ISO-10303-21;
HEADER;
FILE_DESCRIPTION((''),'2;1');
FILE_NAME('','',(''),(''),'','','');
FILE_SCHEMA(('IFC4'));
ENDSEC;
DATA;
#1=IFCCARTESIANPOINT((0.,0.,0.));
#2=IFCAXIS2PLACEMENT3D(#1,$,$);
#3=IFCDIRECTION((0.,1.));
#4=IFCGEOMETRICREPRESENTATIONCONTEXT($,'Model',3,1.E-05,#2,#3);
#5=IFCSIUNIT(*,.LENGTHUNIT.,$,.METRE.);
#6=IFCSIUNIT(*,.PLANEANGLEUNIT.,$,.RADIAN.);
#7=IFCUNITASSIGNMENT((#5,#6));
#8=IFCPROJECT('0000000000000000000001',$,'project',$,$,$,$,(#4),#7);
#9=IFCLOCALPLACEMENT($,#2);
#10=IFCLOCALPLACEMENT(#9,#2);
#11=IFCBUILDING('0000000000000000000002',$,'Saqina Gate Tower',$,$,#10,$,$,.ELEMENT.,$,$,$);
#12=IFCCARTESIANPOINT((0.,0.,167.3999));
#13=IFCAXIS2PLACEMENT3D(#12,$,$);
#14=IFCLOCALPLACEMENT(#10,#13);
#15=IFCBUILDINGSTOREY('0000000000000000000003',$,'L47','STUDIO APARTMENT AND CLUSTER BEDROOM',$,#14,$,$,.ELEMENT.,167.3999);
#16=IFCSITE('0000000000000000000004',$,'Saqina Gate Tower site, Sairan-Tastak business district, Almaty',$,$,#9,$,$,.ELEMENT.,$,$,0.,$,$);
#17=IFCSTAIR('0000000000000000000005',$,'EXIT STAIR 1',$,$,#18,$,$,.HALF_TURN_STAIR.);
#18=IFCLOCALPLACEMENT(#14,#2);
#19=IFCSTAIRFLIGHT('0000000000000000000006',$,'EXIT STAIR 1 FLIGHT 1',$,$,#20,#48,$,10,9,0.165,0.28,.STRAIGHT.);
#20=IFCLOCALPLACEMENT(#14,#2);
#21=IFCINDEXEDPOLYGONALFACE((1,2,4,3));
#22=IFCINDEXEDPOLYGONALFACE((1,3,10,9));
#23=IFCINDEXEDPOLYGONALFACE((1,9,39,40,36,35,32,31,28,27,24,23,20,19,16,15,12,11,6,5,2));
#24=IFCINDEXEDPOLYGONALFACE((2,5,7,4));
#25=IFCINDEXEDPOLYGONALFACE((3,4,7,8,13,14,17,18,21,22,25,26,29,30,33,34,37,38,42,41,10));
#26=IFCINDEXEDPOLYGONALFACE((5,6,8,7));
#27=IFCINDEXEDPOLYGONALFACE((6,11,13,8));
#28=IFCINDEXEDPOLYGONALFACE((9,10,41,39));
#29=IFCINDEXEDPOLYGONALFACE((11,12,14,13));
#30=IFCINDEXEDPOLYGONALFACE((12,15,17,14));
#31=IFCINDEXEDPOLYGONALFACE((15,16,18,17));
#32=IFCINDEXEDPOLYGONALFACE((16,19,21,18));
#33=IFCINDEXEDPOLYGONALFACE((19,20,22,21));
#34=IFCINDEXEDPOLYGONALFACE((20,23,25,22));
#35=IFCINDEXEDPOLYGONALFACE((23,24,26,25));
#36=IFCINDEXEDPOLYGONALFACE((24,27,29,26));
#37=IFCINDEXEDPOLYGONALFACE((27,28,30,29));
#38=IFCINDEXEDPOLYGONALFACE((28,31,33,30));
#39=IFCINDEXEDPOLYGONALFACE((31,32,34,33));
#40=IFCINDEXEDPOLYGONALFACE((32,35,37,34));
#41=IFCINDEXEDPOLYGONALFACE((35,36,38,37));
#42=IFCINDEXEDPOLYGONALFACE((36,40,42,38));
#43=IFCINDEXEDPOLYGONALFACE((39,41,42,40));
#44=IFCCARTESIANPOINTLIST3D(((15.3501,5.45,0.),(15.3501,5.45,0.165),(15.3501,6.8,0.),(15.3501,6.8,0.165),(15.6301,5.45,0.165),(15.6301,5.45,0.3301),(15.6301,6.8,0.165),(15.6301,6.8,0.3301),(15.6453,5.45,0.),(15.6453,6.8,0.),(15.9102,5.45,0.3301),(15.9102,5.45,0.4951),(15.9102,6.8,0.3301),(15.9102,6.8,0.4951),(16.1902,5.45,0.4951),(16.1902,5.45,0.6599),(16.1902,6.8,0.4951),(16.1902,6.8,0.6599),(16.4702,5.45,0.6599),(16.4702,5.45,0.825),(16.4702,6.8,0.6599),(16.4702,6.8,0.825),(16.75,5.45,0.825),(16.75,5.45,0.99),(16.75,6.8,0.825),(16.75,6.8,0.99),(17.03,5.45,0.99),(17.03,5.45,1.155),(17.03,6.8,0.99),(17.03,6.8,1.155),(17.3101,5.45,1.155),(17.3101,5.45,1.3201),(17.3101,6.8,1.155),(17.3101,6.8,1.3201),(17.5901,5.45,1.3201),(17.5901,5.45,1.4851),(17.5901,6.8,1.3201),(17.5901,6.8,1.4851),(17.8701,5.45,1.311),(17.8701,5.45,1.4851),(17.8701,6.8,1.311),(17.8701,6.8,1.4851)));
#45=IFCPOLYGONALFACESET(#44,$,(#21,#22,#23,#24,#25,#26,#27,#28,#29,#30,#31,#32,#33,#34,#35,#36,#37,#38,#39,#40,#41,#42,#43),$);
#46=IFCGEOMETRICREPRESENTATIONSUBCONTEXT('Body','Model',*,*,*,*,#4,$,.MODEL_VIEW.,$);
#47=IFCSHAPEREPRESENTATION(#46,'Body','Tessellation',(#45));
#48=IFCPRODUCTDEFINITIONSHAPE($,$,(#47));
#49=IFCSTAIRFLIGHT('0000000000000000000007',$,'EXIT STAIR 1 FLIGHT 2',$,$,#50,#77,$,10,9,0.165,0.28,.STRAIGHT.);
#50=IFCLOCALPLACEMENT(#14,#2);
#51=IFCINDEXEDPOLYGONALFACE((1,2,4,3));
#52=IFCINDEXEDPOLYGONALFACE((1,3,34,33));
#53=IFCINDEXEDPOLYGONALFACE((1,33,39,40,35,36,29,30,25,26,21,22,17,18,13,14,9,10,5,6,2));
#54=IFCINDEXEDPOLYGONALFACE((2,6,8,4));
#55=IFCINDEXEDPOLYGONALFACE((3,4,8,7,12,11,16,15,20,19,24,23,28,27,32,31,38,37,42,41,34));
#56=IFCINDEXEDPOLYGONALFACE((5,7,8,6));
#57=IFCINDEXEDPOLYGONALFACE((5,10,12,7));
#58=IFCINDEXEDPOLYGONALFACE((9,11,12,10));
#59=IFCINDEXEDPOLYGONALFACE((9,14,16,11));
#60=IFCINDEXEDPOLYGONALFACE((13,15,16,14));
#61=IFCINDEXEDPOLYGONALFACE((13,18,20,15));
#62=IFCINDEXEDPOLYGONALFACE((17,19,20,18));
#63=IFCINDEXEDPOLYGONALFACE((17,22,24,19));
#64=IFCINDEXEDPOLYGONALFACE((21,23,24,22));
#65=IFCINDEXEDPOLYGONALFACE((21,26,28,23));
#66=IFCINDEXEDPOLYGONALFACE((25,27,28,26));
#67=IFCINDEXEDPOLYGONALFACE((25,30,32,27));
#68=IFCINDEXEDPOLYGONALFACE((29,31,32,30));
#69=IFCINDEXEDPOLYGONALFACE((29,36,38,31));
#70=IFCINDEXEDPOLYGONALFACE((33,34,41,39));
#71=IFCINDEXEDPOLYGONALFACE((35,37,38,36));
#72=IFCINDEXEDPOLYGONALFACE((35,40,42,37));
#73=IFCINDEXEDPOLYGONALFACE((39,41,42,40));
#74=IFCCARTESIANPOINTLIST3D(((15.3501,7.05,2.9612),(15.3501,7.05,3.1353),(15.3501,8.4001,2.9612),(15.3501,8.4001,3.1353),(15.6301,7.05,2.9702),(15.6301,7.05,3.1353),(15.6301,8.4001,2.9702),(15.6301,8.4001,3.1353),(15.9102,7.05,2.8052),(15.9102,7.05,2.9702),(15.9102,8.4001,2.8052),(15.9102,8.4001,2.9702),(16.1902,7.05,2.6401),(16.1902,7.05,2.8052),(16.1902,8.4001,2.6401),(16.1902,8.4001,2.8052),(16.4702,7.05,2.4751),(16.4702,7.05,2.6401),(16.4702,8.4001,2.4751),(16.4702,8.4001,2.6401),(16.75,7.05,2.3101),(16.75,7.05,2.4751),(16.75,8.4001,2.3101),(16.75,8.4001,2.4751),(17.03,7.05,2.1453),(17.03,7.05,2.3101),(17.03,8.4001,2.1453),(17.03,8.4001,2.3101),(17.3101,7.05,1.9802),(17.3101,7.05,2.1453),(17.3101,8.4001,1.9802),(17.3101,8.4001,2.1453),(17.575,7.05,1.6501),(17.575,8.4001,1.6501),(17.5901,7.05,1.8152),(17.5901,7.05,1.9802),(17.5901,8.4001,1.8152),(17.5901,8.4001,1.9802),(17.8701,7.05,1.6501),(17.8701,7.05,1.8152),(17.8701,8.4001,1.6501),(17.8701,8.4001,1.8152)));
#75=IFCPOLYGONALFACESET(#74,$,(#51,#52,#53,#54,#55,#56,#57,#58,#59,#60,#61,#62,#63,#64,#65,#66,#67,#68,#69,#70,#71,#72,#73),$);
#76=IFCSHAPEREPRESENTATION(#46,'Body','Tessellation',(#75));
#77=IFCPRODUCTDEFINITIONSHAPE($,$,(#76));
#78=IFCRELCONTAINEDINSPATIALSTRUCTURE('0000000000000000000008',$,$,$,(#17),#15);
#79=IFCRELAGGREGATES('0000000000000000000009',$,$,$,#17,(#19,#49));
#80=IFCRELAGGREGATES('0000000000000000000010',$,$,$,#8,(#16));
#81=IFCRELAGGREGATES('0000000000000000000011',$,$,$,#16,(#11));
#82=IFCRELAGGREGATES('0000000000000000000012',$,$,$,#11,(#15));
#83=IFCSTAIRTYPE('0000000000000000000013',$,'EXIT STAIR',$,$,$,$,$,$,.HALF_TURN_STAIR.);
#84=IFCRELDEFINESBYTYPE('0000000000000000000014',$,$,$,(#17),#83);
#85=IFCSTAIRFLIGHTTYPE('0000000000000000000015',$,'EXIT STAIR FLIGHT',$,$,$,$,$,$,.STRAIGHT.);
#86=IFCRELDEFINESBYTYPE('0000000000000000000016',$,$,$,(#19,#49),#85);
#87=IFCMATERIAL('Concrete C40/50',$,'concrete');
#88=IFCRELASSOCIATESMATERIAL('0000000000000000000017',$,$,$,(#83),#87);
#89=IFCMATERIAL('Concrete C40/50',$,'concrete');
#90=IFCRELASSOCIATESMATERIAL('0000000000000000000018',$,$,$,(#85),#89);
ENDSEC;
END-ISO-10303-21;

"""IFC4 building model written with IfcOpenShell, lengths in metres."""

from ifc_helpers import new_model, si_unit, direction, frame, origin, place, context, subcontext, project, spatial, polyline, outline, extrude, material, type_object, element, aggregate, save


model = new_model("IFC4")

# Units and contexts
model_context = context("Model", 3, precision=1e-05, world=origin(), true_north=direction((0.0, 1.0)))
body_context = subcontext(model_context, "Body", "Model", "MODEL_VIEW")
ifc_project = project(units=[si_unit("LENGTHUNIT", "METRE"), si_unit("PLANEANGLEUNIT", "RADIAN")], contexts=[model_context])

# Site, building, storey
site_placement = place(None, origin())
site = spatial("IfcSite", under=ifc_project, at=site_placement, Name="Saqina Gate Tower site, Sairan-Tastak business district, Almaty", CompositionType="ELEMENT", RefElevation=0.0)
building_placement = place(site_placement, origin())
building = spatial("IfcBuilding", under=site, at=building_placement, Name="Saqina Gate Tower", CompositionType="ELEMENT")
storey_placement = place(building_placement, frame((0.0, 0.0, 167.3999)))
storey = spatial("IfcBuildingStorey", under=building, at=storey_placement, Name="L47", Description="STUDIO APARTMENT AND CLUSTER BEDROOM", CompositionType="ELEMENT", Elevation=167.3999)

# Stair, stair flights
ifc_material_1 = material(Name="Concrete C40/50", Category="concrete")
stair_type = type_object("IfcStairType", Name="EXIT STAIR", PredefinedType="HALF_TURN_STAIR", material=ifc_material_1)
stair_placement = place(storey_placement, origin())
stair = element("IfcStair", 1, at=stair_placement, inside=storey, type_object=stair_type, Name="EXIT STAIR 1", PredefinedType="HALF_TURN_STAIR")
ifc_material_2 = material(Name="Concrete C40/50", Category="concrete")
stair_flight_type = type_object("IfcStairFlightType", Name="EXIT STAIR FLIGHT", PredefinedType="STRAIGHT", material=ifc_material_2)
stair_flight_1_placement = place(storey_placement, frame((15.3501, 6.125, 0.0), z_axis=(0.0, 0.0, 1.0), x_axis=(1.0, 0.0, 0.0)))
stair_flight_1 = element("IfcStairFlight", 2, at=stair_flight_1_placement, type_object=stair_flight_type, Name="EXIT STAIR 1 FLIGHT 1", NumberOfRisers=10, NumberOfTreads=9, PredefinedType="STRAIGHT", RiserHeight=0.165, TreadLength=0.28, context=body_context, shape_type="SweptSolid", body=[
    extrude(outline(polyline([(0.0, 0.0), (0.0, 0.165), (0.28, 0.165), (0.28, 0.3301), (0.5601, 0.3301), (0.5601, 0.4951), (0.8401, 0.4951), (0.8401, 0.6599), (1.1201, 0.6599), (1.1201, 0.825), (1.3999, 0.825), (1.3999, 0.99), (1.6799, 0.99), (1.6799, 1.155), (1.96, 1.155), (1.96, 1.3201), (2.24, 1.3201), (2.24, 1.4851), (2.52, 1.4851), (2.52, 1.6499), (2.52, 1.311), (0.2952, 0.0), (0.0, 0.0)])), frame((0.0, 0.675, 0.0), z_axis=(0.0, -1.0, 0.0), x_axis=(1.0, 0.0, 0.0)), (0.0, 0.0, 1.0), 1.3501),
])
stair_flight_2_placement = place(storey_placement, frame((17.8701, 7.7251, 1.6501), z_axis=(0.0, 0.0, 1.0), x_axis=(-1.0, 0.0, 0.0)))
stair_flight_2 = element("IfcStairFlight", 3, at=stair_flight_2_placement, type_object=stair_flight_type, Name="EXIT STAIR 1 FLIGHT 2", NumberOfRisers=10, NumberOfTreads=9, PredefinedType="STRAIGHT", RiserHeight=0.165, TreadLength=0.28, context=body_context, shape_type="SweptSolid", body=[
    extrude(outline(polyline([(0.0, 0.0), (0.0, 0.165), (0.28, 0.165), (0.28, 0.3301), (0.5601, 0.3301), (0.5601, 0.4951), (0.8401, 0.4951), (0.8401, 0.6599), (1.1201, 0.6599), (1.1201, 0.825), (1.3999, 0.825), (1.3999, 0.99), (1.6799, 0.99), (1.6799, 1.155), (1.96, 1.155), (1.96, 1.3201), (2.24, 1.3201), (2.24, 1.4851), (2.52, 1.4851), (2.52, 1.6499), (2.52, 1.311), (0.2952, 0.0), (0.0, 0.0)])), frame((0.0, 0.675, 0.0), z_axis=(0.0, -1.0, 0.0), x_axis=(1.0, 0.0, 0.0)), (0.0, 0.0, 1.0), 1.3501),
])
aggregate(stair, [stair_flight_1, stair_flight_2])

save(model, "model.ifc")
